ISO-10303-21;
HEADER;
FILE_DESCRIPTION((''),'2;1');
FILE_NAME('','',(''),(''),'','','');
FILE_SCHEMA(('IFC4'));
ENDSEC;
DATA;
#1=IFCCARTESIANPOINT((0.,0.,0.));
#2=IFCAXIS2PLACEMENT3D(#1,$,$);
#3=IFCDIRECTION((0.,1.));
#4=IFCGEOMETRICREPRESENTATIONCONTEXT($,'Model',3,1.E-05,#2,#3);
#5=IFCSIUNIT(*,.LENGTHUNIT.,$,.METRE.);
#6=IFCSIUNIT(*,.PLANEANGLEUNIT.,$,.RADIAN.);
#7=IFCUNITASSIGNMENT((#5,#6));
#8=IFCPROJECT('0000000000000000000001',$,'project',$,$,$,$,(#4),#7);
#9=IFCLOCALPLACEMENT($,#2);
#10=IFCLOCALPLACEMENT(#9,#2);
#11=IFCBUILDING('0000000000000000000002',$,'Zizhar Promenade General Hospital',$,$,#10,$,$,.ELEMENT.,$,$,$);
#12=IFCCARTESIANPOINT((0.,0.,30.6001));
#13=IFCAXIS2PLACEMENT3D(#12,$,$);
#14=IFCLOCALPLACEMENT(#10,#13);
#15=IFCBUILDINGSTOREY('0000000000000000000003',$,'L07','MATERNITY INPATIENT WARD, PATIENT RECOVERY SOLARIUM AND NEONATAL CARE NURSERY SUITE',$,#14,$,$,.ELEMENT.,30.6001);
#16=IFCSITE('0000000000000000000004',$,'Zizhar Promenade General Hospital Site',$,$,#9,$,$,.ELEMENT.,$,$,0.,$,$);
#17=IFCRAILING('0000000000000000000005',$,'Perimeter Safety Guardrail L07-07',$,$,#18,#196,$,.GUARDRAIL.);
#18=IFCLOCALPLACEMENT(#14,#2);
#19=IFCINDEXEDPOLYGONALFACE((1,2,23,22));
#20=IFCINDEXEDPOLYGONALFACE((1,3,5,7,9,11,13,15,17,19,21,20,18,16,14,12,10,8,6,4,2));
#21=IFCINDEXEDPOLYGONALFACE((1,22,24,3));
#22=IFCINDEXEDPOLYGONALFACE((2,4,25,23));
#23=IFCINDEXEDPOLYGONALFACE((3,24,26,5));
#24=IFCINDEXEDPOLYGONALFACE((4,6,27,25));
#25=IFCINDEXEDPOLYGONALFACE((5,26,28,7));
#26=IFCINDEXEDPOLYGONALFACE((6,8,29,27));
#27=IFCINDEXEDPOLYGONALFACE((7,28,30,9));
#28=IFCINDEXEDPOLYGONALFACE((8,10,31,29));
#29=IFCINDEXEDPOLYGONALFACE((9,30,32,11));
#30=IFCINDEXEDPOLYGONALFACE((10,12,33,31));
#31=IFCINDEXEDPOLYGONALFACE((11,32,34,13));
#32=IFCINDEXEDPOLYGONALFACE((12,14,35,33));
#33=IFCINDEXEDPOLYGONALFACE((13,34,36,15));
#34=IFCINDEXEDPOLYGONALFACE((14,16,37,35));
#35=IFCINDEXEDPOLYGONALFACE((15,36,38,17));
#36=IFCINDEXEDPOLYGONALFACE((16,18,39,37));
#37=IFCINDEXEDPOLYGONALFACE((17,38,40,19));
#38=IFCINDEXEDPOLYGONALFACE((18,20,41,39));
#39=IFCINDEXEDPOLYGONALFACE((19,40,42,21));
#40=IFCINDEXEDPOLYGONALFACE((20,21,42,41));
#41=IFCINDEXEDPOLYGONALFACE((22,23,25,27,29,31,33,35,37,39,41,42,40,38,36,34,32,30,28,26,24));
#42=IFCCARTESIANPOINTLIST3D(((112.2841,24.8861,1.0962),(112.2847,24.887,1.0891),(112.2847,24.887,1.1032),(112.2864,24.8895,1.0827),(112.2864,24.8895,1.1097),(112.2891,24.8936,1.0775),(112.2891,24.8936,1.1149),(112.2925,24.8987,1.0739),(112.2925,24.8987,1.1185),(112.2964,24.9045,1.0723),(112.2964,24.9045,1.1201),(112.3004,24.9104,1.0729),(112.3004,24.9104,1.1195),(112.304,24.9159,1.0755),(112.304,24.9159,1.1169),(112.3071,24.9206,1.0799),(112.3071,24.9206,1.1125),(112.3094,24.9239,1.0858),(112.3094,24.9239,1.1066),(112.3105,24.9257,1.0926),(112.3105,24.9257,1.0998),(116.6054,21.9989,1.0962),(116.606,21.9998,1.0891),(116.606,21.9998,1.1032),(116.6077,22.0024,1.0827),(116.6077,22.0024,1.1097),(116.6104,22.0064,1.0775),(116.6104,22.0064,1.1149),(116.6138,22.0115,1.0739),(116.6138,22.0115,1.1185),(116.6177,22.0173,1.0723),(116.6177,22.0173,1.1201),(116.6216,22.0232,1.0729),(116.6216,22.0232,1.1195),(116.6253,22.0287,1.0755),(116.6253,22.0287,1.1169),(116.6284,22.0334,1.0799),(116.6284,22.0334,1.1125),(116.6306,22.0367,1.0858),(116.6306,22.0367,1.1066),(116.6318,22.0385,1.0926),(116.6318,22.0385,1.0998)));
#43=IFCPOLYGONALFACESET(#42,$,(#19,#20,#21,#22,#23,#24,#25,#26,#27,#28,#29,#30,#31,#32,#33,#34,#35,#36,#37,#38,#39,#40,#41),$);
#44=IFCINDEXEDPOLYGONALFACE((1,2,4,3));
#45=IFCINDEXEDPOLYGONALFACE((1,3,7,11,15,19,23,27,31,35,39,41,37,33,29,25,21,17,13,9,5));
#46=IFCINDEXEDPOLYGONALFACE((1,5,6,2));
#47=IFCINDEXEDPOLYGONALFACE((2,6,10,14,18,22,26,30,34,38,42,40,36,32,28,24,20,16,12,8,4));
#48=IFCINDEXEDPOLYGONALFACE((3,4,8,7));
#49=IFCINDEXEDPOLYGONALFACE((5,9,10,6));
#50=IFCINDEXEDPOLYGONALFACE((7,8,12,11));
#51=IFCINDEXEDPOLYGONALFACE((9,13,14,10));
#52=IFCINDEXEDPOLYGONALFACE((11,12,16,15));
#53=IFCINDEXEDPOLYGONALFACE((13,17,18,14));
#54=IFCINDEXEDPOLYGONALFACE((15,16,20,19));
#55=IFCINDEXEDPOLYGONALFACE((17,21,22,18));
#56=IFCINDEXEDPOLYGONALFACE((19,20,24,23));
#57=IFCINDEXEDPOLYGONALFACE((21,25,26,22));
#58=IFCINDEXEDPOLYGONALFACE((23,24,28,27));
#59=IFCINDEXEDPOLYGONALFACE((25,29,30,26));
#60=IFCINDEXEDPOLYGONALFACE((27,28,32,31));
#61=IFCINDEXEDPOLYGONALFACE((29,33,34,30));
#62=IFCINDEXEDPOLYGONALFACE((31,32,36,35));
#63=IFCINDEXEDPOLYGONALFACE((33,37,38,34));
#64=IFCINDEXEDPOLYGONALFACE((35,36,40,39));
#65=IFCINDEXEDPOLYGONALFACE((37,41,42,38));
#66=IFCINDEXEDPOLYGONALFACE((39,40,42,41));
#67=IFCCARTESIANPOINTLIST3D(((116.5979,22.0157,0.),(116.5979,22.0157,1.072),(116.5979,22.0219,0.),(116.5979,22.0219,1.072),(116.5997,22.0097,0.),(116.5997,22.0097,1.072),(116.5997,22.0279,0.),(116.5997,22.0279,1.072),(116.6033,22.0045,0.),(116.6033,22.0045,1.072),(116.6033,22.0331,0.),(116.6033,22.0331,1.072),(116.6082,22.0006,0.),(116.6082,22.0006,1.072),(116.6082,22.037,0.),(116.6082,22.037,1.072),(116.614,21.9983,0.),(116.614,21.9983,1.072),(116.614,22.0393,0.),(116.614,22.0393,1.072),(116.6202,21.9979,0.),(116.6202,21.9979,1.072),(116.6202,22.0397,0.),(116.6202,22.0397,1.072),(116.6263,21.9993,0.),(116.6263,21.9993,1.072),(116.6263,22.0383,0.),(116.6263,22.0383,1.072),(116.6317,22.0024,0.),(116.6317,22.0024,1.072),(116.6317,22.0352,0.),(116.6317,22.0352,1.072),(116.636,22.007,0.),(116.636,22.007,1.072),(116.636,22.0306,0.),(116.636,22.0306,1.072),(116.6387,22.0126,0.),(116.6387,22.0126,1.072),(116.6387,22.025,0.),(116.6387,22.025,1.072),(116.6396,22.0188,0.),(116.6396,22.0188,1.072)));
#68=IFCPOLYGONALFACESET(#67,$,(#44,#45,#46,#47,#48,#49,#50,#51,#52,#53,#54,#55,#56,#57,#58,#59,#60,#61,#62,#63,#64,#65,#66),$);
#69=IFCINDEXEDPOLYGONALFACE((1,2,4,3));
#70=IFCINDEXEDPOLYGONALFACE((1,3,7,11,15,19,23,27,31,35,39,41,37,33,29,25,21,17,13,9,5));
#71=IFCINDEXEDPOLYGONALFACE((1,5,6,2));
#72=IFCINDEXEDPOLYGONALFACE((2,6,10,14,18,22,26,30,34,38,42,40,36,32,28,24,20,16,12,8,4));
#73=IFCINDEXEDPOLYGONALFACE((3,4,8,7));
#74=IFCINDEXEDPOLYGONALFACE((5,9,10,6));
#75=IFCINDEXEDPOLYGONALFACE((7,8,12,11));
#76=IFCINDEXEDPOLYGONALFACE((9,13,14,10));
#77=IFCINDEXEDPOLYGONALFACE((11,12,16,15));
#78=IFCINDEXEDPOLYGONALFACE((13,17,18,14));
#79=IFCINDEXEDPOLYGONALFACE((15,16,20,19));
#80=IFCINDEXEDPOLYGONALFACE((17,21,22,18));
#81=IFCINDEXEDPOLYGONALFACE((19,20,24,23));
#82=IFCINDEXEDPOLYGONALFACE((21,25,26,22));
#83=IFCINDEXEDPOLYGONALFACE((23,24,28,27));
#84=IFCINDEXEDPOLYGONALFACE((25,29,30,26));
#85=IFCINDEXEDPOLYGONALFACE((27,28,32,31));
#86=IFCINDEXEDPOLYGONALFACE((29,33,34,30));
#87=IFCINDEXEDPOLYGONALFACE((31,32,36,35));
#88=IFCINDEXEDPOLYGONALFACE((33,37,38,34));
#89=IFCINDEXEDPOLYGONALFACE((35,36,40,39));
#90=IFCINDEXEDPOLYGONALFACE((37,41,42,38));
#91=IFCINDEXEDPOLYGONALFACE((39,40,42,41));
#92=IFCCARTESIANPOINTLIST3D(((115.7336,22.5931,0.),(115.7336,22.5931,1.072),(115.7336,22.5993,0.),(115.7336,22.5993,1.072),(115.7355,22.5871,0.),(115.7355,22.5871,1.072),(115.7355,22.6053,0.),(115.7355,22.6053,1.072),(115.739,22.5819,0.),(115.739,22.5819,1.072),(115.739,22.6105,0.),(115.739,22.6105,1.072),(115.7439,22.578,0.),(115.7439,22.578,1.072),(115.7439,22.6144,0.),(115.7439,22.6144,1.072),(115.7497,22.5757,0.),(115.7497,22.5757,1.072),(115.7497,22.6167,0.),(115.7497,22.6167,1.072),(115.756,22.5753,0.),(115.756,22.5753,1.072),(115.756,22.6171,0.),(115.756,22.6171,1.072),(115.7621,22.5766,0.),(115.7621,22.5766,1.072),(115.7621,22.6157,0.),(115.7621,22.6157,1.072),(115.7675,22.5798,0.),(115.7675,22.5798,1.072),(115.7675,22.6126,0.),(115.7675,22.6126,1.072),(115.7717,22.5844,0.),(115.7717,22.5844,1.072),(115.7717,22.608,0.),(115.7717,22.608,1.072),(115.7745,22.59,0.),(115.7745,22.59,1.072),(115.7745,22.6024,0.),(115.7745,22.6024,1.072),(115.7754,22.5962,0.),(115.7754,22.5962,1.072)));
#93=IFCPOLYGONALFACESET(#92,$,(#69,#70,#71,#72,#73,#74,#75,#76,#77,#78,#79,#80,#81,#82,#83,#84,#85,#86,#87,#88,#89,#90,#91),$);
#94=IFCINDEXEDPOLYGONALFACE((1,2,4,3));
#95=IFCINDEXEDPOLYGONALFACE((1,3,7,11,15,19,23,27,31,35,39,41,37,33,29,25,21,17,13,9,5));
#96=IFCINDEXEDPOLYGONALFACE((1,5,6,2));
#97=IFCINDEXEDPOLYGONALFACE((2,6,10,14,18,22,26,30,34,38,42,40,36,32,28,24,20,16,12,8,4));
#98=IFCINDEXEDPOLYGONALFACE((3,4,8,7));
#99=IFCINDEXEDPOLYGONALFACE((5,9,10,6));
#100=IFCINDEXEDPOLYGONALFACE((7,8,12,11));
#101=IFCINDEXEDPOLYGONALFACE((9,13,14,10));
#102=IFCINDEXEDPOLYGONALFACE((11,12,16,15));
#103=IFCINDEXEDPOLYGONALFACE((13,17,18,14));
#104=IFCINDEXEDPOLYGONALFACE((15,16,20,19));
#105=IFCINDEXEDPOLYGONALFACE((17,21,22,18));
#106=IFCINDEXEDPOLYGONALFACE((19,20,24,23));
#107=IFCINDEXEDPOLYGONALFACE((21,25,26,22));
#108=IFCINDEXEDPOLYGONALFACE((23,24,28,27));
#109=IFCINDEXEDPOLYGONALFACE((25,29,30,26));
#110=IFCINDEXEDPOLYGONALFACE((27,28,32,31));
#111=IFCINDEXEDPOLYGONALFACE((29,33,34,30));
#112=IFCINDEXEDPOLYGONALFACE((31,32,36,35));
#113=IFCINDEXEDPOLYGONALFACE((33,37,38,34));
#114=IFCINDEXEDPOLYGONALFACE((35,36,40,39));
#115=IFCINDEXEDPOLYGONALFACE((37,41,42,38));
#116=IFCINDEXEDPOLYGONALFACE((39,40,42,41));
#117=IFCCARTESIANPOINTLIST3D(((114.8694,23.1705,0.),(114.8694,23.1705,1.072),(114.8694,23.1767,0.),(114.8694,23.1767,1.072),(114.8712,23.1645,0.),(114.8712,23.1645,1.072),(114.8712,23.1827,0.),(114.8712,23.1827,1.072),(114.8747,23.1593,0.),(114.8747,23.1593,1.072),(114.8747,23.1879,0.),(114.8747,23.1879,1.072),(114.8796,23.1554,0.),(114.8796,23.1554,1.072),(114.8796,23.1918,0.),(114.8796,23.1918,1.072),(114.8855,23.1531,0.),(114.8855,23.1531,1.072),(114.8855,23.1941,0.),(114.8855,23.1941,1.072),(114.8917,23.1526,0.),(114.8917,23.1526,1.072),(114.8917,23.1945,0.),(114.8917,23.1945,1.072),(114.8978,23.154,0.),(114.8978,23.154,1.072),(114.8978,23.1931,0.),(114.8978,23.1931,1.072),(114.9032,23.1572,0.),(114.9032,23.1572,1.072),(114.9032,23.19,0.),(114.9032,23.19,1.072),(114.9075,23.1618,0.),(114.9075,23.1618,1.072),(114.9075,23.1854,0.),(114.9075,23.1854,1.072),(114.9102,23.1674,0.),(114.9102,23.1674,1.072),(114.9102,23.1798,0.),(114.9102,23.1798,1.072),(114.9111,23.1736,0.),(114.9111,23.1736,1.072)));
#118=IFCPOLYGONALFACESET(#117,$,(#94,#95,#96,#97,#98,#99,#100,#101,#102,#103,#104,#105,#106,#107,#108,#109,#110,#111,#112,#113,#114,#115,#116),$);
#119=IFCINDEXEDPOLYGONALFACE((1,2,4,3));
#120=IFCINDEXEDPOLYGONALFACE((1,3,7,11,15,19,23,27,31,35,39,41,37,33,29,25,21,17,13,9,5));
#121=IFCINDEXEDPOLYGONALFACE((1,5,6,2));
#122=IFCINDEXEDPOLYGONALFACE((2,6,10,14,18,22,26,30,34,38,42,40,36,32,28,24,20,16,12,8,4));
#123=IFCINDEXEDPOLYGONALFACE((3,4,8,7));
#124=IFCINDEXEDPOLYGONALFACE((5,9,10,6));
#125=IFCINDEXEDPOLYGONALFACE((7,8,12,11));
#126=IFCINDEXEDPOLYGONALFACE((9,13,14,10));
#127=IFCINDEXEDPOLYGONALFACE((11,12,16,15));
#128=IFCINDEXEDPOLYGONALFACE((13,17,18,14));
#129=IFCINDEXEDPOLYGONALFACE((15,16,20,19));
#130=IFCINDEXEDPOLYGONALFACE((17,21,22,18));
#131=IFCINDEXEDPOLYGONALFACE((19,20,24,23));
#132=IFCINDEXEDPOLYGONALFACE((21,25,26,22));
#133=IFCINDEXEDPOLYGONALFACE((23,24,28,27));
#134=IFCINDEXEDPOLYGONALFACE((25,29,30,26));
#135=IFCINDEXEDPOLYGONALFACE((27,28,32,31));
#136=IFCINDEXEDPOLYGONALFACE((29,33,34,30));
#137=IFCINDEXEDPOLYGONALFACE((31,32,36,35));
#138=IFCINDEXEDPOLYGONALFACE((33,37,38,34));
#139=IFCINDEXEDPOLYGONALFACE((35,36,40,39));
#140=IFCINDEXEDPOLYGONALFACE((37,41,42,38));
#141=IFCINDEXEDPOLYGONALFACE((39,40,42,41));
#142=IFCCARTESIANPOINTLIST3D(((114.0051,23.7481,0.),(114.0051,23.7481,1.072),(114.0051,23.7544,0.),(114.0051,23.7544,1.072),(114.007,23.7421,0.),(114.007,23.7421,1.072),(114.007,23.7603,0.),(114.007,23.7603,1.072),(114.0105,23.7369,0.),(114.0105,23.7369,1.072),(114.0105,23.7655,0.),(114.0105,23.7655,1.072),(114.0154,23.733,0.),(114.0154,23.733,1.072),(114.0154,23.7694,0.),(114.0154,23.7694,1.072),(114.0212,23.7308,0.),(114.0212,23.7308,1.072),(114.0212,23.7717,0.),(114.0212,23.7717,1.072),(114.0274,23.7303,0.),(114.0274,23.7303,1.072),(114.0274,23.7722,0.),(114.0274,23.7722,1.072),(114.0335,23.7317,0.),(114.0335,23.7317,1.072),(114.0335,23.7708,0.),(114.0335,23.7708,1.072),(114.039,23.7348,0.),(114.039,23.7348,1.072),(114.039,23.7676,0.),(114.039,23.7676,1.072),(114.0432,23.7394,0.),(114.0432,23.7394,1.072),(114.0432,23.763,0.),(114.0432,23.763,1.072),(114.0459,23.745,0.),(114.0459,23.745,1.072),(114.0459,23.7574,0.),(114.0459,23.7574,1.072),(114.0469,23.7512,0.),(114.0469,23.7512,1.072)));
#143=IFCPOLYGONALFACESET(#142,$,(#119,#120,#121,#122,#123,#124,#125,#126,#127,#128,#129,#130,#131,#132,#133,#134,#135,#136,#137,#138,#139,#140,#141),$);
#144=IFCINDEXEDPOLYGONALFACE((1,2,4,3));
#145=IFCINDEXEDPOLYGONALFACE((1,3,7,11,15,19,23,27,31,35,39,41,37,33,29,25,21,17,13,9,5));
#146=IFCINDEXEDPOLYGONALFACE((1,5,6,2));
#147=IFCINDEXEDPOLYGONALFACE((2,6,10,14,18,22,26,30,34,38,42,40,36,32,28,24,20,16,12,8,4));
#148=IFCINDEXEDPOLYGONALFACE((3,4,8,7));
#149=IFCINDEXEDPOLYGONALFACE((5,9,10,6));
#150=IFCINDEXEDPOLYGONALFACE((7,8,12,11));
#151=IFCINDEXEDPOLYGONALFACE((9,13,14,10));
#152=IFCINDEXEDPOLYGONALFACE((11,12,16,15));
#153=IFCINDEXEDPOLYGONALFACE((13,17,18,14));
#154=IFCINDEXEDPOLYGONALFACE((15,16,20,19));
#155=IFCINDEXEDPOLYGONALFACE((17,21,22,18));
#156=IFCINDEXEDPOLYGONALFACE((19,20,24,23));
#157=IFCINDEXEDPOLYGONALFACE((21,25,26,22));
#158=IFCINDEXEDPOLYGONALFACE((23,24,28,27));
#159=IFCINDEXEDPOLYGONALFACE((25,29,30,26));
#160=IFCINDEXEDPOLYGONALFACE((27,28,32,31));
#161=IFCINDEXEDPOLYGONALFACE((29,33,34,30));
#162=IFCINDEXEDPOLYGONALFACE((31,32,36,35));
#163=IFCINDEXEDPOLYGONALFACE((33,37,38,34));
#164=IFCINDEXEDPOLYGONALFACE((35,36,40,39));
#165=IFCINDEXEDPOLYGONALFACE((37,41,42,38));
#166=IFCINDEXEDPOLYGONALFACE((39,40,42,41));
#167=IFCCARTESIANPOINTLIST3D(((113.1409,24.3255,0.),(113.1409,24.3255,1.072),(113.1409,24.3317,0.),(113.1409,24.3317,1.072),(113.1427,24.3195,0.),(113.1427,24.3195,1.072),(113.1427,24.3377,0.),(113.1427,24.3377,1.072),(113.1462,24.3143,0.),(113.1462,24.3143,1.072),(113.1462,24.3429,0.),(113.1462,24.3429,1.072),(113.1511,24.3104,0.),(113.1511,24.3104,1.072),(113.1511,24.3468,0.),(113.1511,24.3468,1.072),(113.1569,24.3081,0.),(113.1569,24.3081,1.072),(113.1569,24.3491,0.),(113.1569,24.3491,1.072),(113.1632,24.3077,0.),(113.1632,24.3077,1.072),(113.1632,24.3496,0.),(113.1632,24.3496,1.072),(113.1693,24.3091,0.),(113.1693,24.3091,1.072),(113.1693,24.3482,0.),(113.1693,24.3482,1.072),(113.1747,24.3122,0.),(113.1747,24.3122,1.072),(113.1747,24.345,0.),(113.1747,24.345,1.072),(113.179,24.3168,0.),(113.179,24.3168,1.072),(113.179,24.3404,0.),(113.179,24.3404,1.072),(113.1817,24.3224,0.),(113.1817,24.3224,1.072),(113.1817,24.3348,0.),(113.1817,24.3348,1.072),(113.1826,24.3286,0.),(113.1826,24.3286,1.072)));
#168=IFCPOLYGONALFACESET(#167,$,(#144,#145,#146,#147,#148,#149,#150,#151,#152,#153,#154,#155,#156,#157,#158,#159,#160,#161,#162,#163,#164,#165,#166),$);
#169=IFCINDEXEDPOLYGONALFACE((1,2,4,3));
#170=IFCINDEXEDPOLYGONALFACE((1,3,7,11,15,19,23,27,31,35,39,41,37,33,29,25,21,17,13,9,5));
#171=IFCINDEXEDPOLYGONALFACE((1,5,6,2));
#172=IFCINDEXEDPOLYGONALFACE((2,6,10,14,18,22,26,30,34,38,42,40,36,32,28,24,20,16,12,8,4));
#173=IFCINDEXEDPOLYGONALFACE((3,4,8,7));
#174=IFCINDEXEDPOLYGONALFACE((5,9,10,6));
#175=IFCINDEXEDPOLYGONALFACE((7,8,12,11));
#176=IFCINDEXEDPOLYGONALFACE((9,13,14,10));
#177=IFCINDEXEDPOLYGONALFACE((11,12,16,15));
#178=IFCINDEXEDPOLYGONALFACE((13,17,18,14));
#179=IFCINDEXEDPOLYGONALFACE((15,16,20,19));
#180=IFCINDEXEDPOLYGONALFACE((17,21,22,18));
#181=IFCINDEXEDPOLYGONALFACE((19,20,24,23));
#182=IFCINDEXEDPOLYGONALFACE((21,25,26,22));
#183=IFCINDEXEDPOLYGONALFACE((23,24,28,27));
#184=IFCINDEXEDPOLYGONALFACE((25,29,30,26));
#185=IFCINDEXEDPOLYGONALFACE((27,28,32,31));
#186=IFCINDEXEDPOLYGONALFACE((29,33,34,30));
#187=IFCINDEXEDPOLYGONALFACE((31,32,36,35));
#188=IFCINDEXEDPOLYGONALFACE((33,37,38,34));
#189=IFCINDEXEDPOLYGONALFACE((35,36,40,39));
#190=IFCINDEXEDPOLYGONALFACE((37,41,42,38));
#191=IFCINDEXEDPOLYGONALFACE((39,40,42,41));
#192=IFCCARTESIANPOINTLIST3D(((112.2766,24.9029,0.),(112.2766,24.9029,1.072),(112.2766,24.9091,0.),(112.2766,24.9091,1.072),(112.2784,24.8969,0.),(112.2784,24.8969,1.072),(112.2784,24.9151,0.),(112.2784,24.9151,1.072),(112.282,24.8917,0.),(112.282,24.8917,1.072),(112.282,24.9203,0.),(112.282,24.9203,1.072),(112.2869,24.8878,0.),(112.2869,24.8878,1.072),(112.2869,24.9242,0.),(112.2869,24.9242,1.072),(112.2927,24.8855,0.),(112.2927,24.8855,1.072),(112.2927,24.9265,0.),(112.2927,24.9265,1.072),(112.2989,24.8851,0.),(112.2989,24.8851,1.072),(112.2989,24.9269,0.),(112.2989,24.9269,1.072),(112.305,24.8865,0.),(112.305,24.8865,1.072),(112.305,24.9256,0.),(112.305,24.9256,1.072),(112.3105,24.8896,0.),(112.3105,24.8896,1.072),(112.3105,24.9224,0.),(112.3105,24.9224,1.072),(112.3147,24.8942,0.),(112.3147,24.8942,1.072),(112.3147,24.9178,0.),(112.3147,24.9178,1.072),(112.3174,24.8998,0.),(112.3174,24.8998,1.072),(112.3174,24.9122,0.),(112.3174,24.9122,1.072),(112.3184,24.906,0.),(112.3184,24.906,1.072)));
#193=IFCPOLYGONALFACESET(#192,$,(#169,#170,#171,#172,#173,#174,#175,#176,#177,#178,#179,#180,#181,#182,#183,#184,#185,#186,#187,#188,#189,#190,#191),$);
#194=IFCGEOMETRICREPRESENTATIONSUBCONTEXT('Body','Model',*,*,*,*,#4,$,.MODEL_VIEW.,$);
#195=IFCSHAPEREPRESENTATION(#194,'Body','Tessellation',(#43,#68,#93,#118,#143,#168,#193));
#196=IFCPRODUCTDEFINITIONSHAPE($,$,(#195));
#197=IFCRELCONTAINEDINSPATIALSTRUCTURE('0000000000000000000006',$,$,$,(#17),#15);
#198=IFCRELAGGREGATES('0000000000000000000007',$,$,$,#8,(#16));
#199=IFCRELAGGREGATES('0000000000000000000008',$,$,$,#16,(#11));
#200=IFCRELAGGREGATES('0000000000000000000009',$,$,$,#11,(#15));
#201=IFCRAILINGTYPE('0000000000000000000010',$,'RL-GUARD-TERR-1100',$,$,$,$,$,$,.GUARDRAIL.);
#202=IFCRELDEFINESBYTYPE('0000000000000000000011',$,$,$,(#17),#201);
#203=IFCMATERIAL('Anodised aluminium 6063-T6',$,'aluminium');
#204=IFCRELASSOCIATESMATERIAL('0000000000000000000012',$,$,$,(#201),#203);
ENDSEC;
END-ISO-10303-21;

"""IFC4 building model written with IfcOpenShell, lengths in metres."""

from ifc_helpers import new_model, si_unit, direction, frame, origin, origin_2d, place, context, subcontext, project, spatial, circle, hollow_circle, extrude, material, material_profile, profile_set, type_object, element, save


model = new_model("IFC4")

# Units and contexts
model_context = context("Model", 3, precision=1e-05, world=origin(), true_north=direction((0.0, 1.0)))
body_context = subcontext(model_context, "Body", "Model", "MODEL_VIEW")
ifc_project = project(units=[si_unit("LENGTHUNIT", "METRE"), si_unit("PLANEANGLEUNIT", "RADIAN")], contexts=[model_context])

# Site, building, storey
site_placement = place(None, origin())
site = spatial("IfcSite", under=ifc_project, at=site_placement, Name="Zizhar Promenade General Hospital Site", CompositionType="ELEMENT", RefElevation=0.0)
building_placement = place(site_placement, origin())
building = spatial("IfcBuilding", under=site, at=building_placement, Name="Zizhar Promenade General Hospital", CompositionType="ELEMENT")
storey_placement = place(building_placement, frame((0.0, 0.0, 30.6001)))
storey = spatial("IfcBuildingStorey", under=building, at=storey_placement, Name="L07", Description="MATERNITY INPATIENT WARD, PATIENT RECOVERY SOLARIUM AND NEONATAL CARE NURSERY SUITE", CompositionType="ELEMENT", Elevation=30.6001)

# Railing
ifc_material_1 = material(Name="Anodised aluminium 6063-T6", Category="aluminium")
ifc_material_profile_1 = material_profile(ifc_material_1, hollow_circle(Radius=0.0698, WallThickness=0.0063, at=origin_2d()))
ifc_profile_set_1 = profile_set([ifc_material_profile_1], Name="Anodised aluminium 6063-T6")
railing_type = type_object("IfcRailingType", Name="RL-GUARD-TERR-1100", PredefinedType="GUARDRAIL", material=ifc_profile_set_1)
railing_1_placement = place(storey_placement, frame((116.6187, 22.0188, 0.0)))
element("IfcRailing", 1, at=railing_1_placement, inside=storey, type_object=railing_type, Name="Perimeter Safety Guardrail L07-07", PredefinedType="GUARDRAIL", context=body_context, shape_type="SweptSolid", body=[
    extrude(circle(Radius=0.0239, at=origin_2d()), frame((0.0, 0.0, 1.0962), z_axis=(-0.831486, 0.555545, 0.0), x_axis=(-0.555545, -0.831486, 0.0)), (0.0, 0.0, 1.0), 5.197),
    extrude(circle(Radius=0.021, at=origin_2d()), origin(), (0.0, 0.0, 1.0), 1.072),
    extrude(circle(Radius=0.021, at=origin_2d()), frame((-0.8643, 0.5774, 0.0)), (0.0, 0.0, 1.0), 1.072),
    extrude(circle(Radius=0.021, at=origin_2d()), frame((-1.7285, 1.1548, 0.0)), (0.0, 0.0, 1.0), 1.072),
    extrude(circle(Radius=0.021, at=origin_2d()), frame((-2.5928, 1.7324, 0.0)), (0.0, 0.0, 1.0), 1.072),
    extrude(circle(Radius=0.021, at=origin_2d()), frame((-3.457, 2.3098, 0.0)), (0.0, 0.0, 1.0), 1.072),
    extrude(circle(Radius=0.021, at=origin_2d()), frame((-4.3213, 2.8872, 0.0)), (0.0, 0.0, 1.0), 1.072),
])

save(model, "model.ifc")
